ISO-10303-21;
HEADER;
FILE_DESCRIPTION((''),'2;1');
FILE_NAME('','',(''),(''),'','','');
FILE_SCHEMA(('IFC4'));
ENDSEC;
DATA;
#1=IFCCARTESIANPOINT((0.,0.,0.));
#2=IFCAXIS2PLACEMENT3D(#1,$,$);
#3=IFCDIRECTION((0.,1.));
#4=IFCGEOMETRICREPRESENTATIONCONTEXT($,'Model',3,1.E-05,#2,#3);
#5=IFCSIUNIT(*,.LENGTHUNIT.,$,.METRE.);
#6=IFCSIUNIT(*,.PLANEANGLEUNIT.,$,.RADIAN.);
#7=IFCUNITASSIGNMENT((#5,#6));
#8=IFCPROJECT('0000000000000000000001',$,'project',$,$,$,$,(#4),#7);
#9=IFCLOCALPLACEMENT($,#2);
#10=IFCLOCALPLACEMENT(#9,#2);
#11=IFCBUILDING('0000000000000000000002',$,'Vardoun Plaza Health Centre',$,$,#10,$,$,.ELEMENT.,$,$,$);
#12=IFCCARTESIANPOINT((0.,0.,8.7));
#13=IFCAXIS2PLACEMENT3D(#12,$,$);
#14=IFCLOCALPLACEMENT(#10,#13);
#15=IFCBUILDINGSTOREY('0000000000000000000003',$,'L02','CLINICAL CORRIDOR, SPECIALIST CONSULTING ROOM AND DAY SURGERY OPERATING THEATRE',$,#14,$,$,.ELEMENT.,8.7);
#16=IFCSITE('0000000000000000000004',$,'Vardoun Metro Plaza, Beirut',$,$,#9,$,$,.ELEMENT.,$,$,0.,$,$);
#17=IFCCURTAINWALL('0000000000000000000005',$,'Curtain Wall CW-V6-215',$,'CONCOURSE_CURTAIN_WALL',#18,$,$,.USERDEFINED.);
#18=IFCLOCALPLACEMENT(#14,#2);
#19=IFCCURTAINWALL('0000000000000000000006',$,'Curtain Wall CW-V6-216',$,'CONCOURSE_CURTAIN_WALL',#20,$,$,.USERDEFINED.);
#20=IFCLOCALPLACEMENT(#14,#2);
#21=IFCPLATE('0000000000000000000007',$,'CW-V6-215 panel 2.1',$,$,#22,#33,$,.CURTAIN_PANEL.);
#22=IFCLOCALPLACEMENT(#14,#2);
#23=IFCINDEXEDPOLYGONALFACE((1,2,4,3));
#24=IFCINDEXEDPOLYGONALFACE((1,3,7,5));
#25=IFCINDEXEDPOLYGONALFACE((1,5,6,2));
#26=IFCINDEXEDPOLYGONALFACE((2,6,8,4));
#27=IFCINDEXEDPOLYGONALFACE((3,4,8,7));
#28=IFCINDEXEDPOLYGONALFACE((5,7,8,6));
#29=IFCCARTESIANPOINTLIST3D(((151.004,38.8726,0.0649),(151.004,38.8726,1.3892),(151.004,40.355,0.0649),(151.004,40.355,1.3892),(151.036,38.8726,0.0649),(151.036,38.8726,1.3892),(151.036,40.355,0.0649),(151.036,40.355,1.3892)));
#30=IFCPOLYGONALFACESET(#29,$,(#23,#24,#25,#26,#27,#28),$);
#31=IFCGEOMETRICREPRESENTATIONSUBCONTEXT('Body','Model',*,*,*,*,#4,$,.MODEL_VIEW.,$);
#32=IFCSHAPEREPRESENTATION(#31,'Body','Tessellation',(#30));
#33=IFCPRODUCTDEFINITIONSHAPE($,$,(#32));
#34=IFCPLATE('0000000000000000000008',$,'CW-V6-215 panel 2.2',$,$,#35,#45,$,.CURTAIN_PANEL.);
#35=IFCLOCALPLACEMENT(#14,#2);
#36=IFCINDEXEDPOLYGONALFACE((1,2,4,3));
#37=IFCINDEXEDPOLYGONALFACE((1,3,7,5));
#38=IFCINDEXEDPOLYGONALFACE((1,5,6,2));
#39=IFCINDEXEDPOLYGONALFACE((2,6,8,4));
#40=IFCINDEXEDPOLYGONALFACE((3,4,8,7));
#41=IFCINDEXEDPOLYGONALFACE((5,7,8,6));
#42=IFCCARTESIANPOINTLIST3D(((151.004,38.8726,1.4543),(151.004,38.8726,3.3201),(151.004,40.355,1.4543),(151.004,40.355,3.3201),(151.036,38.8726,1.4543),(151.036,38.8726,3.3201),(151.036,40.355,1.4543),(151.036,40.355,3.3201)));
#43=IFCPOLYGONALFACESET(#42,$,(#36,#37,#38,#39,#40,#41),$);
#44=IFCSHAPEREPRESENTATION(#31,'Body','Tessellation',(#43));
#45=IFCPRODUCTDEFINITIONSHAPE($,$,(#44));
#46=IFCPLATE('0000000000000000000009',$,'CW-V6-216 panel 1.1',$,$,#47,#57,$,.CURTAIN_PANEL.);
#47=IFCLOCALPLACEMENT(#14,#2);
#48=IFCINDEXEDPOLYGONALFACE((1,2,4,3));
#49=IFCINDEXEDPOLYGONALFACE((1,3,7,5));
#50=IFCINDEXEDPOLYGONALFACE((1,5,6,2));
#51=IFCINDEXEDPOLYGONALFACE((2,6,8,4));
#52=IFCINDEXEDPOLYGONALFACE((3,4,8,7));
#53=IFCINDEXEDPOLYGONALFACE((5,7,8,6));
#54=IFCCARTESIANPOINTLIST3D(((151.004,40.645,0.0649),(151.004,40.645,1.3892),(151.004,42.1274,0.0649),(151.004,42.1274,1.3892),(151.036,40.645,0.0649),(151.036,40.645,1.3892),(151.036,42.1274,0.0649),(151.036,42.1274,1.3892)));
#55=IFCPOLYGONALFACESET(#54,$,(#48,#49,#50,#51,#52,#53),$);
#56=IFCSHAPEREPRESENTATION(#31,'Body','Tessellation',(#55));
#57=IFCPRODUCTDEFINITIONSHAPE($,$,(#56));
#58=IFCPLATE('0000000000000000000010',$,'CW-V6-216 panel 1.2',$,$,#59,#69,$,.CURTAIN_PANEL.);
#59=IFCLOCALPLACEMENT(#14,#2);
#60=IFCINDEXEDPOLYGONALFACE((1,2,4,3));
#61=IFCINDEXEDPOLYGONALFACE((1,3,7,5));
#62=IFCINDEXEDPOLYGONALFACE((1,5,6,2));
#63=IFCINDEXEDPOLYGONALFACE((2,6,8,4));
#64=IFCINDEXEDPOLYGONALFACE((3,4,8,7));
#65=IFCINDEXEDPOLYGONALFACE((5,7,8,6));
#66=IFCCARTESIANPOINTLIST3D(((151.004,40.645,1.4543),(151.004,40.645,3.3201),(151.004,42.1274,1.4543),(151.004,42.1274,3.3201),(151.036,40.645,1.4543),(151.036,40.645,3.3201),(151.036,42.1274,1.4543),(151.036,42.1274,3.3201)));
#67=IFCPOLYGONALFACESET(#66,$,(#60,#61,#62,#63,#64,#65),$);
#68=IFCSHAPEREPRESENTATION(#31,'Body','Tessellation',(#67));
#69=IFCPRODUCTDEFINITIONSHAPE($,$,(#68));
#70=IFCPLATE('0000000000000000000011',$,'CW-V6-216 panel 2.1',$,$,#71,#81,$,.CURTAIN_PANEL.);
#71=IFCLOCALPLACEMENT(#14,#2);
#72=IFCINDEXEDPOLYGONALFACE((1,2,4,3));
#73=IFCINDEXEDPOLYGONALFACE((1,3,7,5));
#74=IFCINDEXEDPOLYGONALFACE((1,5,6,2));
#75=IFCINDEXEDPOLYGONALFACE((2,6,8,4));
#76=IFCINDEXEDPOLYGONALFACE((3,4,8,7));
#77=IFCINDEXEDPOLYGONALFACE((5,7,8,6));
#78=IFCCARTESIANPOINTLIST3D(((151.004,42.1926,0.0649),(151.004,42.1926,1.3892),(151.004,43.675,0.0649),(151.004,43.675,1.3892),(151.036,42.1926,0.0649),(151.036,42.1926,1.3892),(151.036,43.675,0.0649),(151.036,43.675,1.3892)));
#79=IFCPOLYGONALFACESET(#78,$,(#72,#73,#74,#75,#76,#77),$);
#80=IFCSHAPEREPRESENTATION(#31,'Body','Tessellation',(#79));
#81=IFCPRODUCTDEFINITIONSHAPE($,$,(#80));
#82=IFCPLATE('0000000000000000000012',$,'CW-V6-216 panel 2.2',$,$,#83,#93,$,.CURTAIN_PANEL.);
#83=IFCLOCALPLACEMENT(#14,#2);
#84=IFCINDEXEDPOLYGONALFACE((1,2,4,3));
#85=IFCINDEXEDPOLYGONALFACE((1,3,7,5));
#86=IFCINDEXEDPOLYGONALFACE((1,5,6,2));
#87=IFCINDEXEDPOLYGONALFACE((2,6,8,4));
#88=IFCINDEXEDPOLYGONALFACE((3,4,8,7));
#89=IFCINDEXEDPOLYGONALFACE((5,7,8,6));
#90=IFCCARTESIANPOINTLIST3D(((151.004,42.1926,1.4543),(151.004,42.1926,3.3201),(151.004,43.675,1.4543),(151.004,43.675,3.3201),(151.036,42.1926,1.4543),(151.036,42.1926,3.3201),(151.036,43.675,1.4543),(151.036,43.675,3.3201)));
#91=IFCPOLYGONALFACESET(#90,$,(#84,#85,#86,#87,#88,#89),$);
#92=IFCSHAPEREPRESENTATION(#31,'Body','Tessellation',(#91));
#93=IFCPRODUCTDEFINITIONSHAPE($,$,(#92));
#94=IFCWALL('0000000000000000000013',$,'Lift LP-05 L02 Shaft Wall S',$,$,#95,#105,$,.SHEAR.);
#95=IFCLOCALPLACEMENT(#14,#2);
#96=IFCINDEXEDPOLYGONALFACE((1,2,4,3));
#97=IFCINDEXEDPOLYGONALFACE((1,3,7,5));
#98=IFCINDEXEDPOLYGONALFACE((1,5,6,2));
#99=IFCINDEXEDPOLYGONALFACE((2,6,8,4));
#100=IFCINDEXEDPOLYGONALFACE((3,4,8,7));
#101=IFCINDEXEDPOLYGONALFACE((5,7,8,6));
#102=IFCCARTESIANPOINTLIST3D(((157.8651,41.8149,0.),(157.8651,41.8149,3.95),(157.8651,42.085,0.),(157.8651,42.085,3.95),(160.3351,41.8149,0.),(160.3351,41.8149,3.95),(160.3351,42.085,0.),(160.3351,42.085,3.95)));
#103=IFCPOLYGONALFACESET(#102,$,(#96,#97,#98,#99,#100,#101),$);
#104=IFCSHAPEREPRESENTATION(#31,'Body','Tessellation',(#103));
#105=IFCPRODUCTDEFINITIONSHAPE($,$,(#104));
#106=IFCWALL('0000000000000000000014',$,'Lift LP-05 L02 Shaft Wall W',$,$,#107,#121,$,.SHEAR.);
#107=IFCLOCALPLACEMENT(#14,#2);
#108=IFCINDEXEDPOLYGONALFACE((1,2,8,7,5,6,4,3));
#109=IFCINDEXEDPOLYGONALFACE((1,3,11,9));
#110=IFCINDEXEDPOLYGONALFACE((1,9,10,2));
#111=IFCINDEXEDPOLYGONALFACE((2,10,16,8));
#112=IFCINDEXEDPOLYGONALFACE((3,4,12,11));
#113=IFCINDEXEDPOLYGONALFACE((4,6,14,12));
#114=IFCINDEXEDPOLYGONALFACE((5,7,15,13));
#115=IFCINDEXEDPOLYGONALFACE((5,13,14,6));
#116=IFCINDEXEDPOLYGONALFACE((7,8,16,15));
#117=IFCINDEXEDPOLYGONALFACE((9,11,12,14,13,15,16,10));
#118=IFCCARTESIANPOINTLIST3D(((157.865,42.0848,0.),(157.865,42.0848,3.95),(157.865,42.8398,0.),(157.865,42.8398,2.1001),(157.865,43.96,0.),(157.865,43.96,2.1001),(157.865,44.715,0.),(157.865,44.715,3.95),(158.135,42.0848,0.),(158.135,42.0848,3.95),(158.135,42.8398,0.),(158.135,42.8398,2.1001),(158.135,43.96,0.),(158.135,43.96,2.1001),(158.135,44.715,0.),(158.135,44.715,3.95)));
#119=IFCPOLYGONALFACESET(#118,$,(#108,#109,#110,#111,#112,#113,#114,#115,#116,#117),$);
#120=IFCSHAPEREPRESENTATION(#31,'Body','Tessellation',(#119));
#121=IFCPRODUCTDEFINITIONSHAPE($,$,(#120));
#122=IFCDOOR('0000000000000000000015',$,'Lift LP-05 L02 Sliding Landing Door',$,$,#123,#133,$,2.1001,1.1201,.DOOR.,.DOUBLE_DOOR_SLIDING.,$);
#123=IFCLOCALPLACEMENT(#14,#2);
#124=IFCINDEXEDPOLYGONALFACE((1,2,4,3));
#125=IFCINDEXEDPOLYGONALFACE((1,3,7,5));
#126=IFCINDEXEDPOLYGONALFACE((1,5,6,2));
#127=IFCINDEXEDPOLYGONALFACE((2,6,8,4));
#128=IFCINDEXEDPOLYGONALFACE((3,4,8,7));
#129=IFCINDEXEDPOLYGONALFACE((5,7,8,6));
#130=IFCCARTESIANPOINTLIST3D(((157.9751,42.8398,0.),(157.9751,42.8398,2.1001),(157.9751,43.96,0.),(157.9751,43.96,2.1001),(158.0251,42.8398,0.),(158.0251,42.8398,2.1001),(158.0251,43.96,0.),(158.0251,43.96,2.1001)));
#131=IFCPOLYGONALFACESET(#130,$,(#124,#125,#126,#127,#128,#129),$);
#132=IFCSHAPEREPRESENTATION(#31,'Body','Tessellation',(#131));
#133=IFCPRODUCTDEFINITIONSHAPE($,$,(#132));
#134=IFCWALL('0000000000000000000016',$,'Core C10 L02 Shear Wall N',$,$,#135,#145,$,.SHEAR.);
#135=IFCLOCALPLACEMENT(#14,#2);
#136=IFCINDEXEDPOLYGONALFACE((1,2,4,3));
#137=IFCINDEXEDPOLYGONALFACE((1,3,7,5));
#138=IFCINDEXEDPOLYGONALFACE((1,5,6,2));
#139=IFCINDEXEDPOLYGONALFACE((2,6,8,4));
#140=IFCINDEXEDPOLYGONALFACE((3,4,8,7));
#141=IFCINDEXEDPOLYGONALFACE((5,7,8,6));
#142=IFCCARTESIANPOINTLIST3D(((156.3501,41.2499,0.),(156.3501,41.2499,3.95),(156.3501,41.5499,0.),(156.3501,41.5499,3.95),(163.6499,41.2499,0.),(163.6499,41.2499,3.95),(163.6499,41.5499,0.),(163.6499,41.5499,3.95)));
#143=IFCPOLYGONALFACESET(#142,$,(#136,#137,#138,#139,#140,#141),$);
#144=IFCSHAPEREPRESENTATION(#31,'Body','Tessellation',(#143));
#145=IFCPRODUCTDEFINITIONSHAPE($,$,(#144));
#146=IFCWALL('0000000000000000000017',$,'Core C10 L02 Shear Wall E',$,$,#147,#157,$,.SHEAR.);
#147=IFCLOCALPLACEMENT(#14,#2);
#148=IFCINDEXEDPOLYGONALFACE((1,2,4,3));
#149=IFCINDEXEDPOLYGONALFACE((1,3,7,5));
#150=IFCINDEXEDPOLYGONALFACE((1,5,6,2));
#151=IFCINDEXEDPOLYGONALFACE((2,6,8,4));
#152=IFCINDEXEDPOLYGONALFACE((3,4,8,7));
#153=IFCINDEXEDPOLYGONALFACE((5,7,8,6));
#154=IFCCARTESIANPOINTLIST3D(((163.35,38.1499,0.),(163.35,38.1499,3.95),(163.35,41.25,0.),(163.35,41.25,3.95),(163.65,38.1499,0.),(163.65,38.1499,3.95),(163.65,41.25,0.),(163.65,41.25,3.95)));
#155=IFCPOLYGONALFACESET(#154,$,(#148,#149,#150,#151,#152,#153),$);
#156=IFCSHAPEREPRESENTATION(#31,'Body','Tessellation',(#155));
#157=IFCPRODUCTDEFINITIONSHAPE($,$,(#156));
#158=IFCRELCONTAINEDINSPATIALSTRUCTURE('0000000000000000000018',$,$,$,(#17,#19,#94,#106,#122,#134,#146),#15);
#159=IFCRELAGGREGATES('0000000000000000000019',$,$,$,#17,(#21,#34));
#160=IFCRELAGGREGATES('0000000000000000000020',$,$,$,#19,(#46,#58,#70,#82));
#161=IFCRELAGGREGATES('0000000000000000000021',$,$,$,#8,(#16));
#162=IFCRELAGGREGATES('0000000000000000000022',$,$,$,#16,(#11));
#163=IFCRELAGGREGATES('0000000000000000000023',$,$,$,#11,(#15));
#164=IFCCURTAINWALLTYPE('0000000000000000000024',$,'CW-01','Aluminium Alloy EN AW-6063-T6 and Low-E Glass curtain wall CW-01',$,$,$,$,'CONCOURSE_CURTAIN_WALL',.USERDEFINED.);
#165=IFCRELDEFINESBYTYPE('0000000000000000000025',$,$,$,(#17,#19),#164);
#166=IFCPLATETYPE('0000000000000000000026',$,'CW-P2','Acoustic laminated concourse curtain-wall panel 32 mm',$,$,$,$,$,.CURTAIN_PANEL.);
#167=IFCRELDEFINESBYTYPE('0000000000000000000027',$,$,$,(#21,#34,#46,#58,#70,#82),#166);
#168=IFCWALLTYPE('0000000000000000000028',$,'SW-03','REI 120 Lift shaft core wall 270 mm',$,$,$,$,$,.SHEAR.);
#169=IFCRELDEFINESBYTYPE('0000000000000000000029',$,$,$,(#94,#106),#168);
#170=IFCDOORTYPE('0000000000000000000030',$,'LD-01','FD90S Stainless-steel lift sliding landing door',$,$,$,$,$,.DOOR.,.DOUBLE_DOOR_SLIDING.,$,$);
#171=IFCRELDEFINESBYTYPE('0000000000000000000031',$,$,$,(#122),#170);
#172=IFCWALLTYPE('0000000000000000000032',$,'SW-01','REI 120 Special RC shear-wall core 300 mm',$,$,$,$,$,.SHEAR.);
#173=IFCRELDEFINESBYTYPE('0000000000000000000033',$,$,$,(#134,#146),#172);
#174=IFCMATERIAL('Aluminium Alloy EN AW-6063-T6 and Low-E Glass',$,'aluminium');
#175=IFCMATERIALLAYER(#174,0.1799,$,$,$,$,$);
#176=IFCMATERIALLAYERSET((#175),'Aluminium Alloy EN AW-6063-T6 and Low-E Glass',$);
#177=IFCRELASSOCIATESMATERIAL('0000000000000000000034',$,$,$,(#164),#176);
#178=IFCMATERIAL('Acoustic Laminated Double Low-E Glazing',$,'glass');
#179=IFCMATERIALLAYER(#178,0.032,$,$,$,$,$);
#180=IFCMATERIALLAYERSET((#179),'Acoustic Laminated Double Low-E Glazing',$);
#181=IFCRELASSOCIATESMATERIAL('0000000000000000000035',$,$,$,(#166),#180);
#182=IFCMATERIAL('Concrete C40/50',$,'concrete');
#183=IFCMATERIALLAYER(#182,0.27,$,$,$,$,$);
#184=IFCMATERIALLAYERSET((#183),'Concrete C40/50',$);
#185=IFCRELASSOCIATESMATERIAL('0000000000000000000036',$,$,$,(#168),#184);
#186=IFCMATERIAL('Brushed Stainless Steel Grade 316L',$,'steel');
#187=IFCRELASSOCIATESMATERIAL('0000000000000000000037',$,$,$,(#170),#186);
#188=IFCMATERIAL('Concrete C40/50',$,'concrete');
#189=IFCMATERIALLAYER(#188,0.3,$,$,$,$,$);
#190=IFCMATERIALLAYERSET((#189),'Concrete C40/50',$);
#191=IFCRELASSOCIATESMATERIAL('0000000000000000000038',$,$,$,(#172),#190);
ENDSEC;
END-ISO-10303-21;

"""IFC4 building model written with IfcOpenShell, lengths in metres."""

from ifc_helpers import new_model, si_unit, direction, frame, frame_2d, origin, origin_2d, place, context, subcontext, project, spatial, rectangle, extrude, material, layer, layer_set, type_object, element, fill, aggregate, save


model = new_model("IFC4")

# Units and contexts
model_context = context("Model", 3, precision=1e-05, world=origin(), true_north=direction((0.0, 1.0)))
body_context = subcontext(model_context, "Body", "Model", "MODEL_VIEW")
ifc_project = project(units=[si_unit("LENGTHUNIT", "METRE"), si_unit("PLANEANGLEUNIT", "RADIAN")], contexts=[model_context])

# Site, building, storey
site_placement = place(None, origin())
site = spatial("IfcSite", under=ifc_project, at=site_placement, Name="Vardoun Metro Plaza, Beirut", CompositionType="ELEMENT", RefElevation=0.0)
building_placement = place(site_placement, origin())
building = spatial("IfcBuilding", under=site, at=building_placement, Name="Vardoun Plaza Health Centre", CompositionType="ELEMENT")
storey_placement = place(building_placement, frame((0.0, 0.0, 8.7)))
storey = spatial("IfcBuildingStorey", under=building, at=storey_placement, Name="L02", Description="CLINICAL CORRIDOR, SPECIALIST CONSULTING ROOM AND DAY SURGERY OPERATING THEATRE", CompositionType="ELEMENT", Elevation=8.7)

# Curtain wall
ifc_material_1 = material(Name="Aluminium Alloy EN AW-6063-T6 and Low-E Glass", Category="aluminium")
ifc_layer_1 = layer(ifc_material_1, 0.1799)
ifc_layer_set_1 = layer_set([ifc_layer_1], Name="Aluminium Alloy EN AW-6063-T6 and Low-E Glass")
curtain_wall_type = type_object("IfcCurtainWallType", Name="CW-01", Description="Aluminium Alloy EN AW-6063-T6 and Low-E Glass curtain wall CW-01", ElementType="CONCOURSE_CURTAIN_WALL", PredefinedType="USERDEFINED", material=ifc_layer_set_1)
curtain_wall_1_placement = place(storey_placement, origin())
curtain_wall_1 = element("IfcCurtainWall", 1, at=curtain_wall_1_placement, inside=storey, type_object=curtain_wall_type, Name="Curtain Wall CW-V6-215", ObjectType="CONCOURSE_CURTAIN_WALL", PredefinedType="USERDEFINED")

# Curtain wall
curtain_wall_2_placement = place(storey_placement, origin())
curtain_wall_2 = element("IfcCurtainWall", 2, at=curtain_wall_2_placement, inside=storey, type_object=curtain_wall_type, Name="Curtain Wall CW-V6-216", ObjectType="CONCOURSE_CURTAIN_WALL", PredefinedType="USERDEFINED")

# Plates
ifc_material_2 = material(Name="Acoustic Laminated Double Low-E Glazing", Category="glass")
ifc_layer_2 = layer(ifc_material_2, 0.032)
ifc_layer_set_2 = layer_set([ifc_layer_2], Name="Acoustic Laminated Double Low-E Glazing")
plate_type = type_object("IfcPlateType", Name="CW-P2", Description="Acoustic laminated concourse curtain-wall panel 32 mm", PredefinedType="CURTAIN_PANEL", material=ifc_layer_set_2)
plate_1_placement = place(storey_placement, frame((151.02, 39.6138, 0.0649), z_axis=(0.0, 0.0, 1.0), x_axis=(0.0, 1.0, 0.0)))
plate_1 = element("IfcPlate", 3, at=plate_1_placement, type_object=plate_type, Name="CW-V6-215 panel 2.1", PredefinedType="CURTAIN_PANEL", context=body_context, shape_type="SweptSolid", body=[
    extrude(rectangle(XDim=1.4824, YDim=0.032, at=origin_2d()), origin(), (0.0, 0.0, 1.0), 1.3242),
])
plate_2_placement = place(storey_placement, frame((151.02, 39.6138, 1.4543), z_axis=(0.0, 0.0, 1.0), x_axis=(0.0, 1.0, 0.0)))
plate_2 = element("IfcPlate", 4, at=plate_2_placement, type_object=plate_type, Name="CW-V6-215 panel 2.2", PredefinedType="CURTAIN_PANEL", context=body_context, shape_type="SweptSolid", body=[
    extrude(rectangle(XDim=1.4824, YDim=0.032, at=origin_2d()), origin(), (0.0, 0.0, 1.0), 1.8657),
])
aggregate(curtain_wall_1, [plate_1, plate_2])
plate_3_placement = place(storey_placement, frame((151.02, 41.3862, 0.0649), z_axis=(0.0, 0.0, 1.0), x_axis=(0.0, 1.0, 0.0)))
plate_3 = element("IfcPlate", 5, at=plate_3_placement, type_object=plate_type, Name="CW-V6-216 panel 1.1", PredefinedType="CURTAIN_PANEL", context=body_context, shape_type="SweptSolid", body=[
    extrude(rectangle(XDim=1.4824, YDim=0.032, at=origin_2d()), origin(), (0.0, 0.0, 1.0), 1.3242),
])
plate_4_placement = place(storey_placement, frame((151.02, 41.3862, 1.4543), z_axis=(0.0, 0.0, 1.0), x_axis=(0.0, 1.0, 0.0)))
plate_4 = element("IfcPlate", 6, at=plate_4_placement, type_object=plate_type, Name="CW-V6-216 panel 1.2", PredefinedType="CURTAIN_PANEL", context=body_context, shape_type="SweptSolid", body=[
    extrude(rectangle(XDim=1.4824, YDim=0.032, at=origin_2d()), origin(), (0.0, 0.0, 1.0), 1.8657),
])
plate_5_placement = place(storey_placement, frame((151.02, 42.9338, 0.0649), z_axis=(0.0, 0.0, 1.0), x_axis=(0.0, 1.0, 0.0)))
plate_5 = element("IfcPlate", 7, at=plate_5_placement, type_object=plate_type, Name="CW-V6-216 panel 2.1", PredefinedType="CURTAIN_PANEL", context=body_context, shape_type="SweptSolid", body=[
    extrude(rectangle(XDim=1.4824, YDim=0.032, at=origin_2d()), origin(), (0.0, 0.0, 1.0), 1.3242),
])
plate_6_placement = place(storey_placement, frame((151.02, 42.9338, 1.4543), z_axis=(0.0, 0.0, 1.0), x_axis=(0.0, 1.0, 0.0)))
plate_6 = element("IfcPlate", 8, at=plate_6_placement, type_object=plate_type, Name="CW-V6-216 panel 2.2", PredefinedType="CURTAIN_PANEL", context=body_context, shape_type="SweptSolid", body=[
    extrude(rectangle(XDim=1.4824, YDim=0.032, at=origin_2d()), origin(), (0.0, 0.0, 1.0), 1.8657),
])
aggregate(curtain_wall_2, [plate_3, plate_4, plate_5, plate_6])

# Wall
ifc_material_3 = material(Name="Concrete C40/50", Category="concrete")
ifc_layer_3 = layer(ifc_material_3, 0.27)
ifc_layer_set_3 = layer_set([ifc_layer_3], Name="Concrete C40/50")
wall_type_1 = type_object("IfcWallType", Name="SW-03", Description="REI 120 Lift shaft core wall 270 mm", PredefinedType="SHEAR", material=ifc_layer_set_3)
wall_1_placement = place(storey_placement, frame((160.335, 41.95, 0.0), z_axis=(0.0, 0.0, 1.0), x_axis=(-1.0, 0.0, 0.0)))
element("IfcWall", 9, at=wall_1_placement, inside=storey, type_object=wall_type_1, Name="Lift LP-05 L02 Shaft Wall S", PredefinedType="SHEAR", context=body_context, shape_type="SweptSolid", body=[
    extrude(rectangle(XDim=2.47, YDim=0.27, at=frame_2d((1.2349, 0.0))), origin(), (0.0, 0.0, 1.0), 3.95),
])

# Wall, opening, door
wall_2_placement = place(storey_placement, frame((158.0, 42.085, 0.0), z_axis=(0.0, 0.0, 1.0), x_axis=(0.0, 1.0, 0.0)))
wall_2 = element("IfcWall", 10, at=wall_2_placement, inside=storey, type_object=wall_type_1, Name="Lift LP-05 L02 Shaft Wall W", PredefinedType="SHEAR", context=body_context, shape_type="SweptSolid", body=[
    extrude(rectangle(XDim=2.6301, YDim=0.27, at=frame_2d((1.3149, 0.0))), origin(), (0.0, 0.0, 1.0), 3.95),
])
opening_placement = place(wall_2_placement, frame((0.7549, 0.0, 0.0)))
opening = element("IfcOpeningElement", 11, at=opening_placement, cuts=wall_2, PredefinedType="OPENING", context=body_context, shape_type="SweptSolid", body=[
    extrude(rectangle(XDim=1.1201, YDim=2.1001, at=frame_2d((0.5601, 1.05))), frame((0.0, 0.135, 0.0), z_axis=(0.0, -1.0, 0.0), x_axis=(1.0, 0.0, 0.0)), (0.0, 0.0, 1.0), 0.27),
])
ifc_material_4 = material(Name="Brushed Stainless Steel Grade 316L", Category="steel")
door_type = type_object("IfcDoorType", Name="LD-01", Description="FD90S Stainless-steel lift sliding landing door", OperationType="DOUBLE_DOOR_SLIDING", PredefinedType="DOOR", material=ifc_material_4)
door_placement = place(opening_placement, origin())
door = element("IfcDoor", 12, at=door_placement, inside=storey, type_object=door_type, Name="Lift LP-05 L02 Sliding Landing Door", OperationType="DOUBLE_DOOR_SLIDING", OverallHeight=2.1001, OverallWidth=1.1201, PredefinedType="DOOR", context=body_context, shape_type="SweptSolid", body=[
    extrude(rectangle(XDim=1.1201, YDim=2.1001, at=frame_2d((0.5601, 1.05))), frame((0.0, 0.0249, 0.0), z_axis=(0.0, -1.0, 0.0), x_axis=(1.0, 0.0, 0.0)), (0.0, 0.0, 1.0), 0.05),
])
fill(opening, door)

# Walls
ifc_material_5 = material(Name="Concrete C40/50", Category="concrete")
ifc_layer_4 = layer(ifc_material_5, 0.3)
ifc_layer_set_4 = layer_set([ifc_layer_4], Name="Concrete C40/50")
wall_type_2 = type_object("IfcWallType", Name="SW-01", Description="REI 120 Special RC shear-wall core 300 mm", PredefinedType="SHEAR", material=ifc_layer_set_4)
wall_3_placement = place(storey_placement, frame((156.3501, 41.3999, 0.0), z_axis=(0.0, 0.0, 1.0), x_axis=(1.0, 0.0, 0.0)))
element("IfcWall", 13, at=wall_3_placement, inside=storey, type_object=wall_type_2, Name="Core C10 L02 Shear Wall N", PredefinedType="SHEAR", context=body_context, shape_type="SweptSolid", body=[
    extrude(rectangle(XDim=7.2998, YDim=0.3, at=frame_2d((3.6499, 0.0))), origin(), (0.0, 0.0, 1.0), 3.95),
])
wall_4_placement = place(storey_placement, frame((163.5, 41.25, 0.0), z_axis=(0.0, 0.0, 1.0), x_axis=(0.0, -1.0, 0.0)))
element("IfcWall", 14, at=wall_4_placement, inside=storey, type_object=wall_type_2, Name="Core C10 L02 Shear Wall E", PredefinedType="SHEAR", context=body_context, shape_type="SweptSolid", body=[
    extrude(rectangle(XDim=3.1001, YDim=0.3, at=frame_2d((1.55, 0.0))), origin(), (0.0, 0.0, 1.0), 3.95),
])

save(model, "model.ifc")
